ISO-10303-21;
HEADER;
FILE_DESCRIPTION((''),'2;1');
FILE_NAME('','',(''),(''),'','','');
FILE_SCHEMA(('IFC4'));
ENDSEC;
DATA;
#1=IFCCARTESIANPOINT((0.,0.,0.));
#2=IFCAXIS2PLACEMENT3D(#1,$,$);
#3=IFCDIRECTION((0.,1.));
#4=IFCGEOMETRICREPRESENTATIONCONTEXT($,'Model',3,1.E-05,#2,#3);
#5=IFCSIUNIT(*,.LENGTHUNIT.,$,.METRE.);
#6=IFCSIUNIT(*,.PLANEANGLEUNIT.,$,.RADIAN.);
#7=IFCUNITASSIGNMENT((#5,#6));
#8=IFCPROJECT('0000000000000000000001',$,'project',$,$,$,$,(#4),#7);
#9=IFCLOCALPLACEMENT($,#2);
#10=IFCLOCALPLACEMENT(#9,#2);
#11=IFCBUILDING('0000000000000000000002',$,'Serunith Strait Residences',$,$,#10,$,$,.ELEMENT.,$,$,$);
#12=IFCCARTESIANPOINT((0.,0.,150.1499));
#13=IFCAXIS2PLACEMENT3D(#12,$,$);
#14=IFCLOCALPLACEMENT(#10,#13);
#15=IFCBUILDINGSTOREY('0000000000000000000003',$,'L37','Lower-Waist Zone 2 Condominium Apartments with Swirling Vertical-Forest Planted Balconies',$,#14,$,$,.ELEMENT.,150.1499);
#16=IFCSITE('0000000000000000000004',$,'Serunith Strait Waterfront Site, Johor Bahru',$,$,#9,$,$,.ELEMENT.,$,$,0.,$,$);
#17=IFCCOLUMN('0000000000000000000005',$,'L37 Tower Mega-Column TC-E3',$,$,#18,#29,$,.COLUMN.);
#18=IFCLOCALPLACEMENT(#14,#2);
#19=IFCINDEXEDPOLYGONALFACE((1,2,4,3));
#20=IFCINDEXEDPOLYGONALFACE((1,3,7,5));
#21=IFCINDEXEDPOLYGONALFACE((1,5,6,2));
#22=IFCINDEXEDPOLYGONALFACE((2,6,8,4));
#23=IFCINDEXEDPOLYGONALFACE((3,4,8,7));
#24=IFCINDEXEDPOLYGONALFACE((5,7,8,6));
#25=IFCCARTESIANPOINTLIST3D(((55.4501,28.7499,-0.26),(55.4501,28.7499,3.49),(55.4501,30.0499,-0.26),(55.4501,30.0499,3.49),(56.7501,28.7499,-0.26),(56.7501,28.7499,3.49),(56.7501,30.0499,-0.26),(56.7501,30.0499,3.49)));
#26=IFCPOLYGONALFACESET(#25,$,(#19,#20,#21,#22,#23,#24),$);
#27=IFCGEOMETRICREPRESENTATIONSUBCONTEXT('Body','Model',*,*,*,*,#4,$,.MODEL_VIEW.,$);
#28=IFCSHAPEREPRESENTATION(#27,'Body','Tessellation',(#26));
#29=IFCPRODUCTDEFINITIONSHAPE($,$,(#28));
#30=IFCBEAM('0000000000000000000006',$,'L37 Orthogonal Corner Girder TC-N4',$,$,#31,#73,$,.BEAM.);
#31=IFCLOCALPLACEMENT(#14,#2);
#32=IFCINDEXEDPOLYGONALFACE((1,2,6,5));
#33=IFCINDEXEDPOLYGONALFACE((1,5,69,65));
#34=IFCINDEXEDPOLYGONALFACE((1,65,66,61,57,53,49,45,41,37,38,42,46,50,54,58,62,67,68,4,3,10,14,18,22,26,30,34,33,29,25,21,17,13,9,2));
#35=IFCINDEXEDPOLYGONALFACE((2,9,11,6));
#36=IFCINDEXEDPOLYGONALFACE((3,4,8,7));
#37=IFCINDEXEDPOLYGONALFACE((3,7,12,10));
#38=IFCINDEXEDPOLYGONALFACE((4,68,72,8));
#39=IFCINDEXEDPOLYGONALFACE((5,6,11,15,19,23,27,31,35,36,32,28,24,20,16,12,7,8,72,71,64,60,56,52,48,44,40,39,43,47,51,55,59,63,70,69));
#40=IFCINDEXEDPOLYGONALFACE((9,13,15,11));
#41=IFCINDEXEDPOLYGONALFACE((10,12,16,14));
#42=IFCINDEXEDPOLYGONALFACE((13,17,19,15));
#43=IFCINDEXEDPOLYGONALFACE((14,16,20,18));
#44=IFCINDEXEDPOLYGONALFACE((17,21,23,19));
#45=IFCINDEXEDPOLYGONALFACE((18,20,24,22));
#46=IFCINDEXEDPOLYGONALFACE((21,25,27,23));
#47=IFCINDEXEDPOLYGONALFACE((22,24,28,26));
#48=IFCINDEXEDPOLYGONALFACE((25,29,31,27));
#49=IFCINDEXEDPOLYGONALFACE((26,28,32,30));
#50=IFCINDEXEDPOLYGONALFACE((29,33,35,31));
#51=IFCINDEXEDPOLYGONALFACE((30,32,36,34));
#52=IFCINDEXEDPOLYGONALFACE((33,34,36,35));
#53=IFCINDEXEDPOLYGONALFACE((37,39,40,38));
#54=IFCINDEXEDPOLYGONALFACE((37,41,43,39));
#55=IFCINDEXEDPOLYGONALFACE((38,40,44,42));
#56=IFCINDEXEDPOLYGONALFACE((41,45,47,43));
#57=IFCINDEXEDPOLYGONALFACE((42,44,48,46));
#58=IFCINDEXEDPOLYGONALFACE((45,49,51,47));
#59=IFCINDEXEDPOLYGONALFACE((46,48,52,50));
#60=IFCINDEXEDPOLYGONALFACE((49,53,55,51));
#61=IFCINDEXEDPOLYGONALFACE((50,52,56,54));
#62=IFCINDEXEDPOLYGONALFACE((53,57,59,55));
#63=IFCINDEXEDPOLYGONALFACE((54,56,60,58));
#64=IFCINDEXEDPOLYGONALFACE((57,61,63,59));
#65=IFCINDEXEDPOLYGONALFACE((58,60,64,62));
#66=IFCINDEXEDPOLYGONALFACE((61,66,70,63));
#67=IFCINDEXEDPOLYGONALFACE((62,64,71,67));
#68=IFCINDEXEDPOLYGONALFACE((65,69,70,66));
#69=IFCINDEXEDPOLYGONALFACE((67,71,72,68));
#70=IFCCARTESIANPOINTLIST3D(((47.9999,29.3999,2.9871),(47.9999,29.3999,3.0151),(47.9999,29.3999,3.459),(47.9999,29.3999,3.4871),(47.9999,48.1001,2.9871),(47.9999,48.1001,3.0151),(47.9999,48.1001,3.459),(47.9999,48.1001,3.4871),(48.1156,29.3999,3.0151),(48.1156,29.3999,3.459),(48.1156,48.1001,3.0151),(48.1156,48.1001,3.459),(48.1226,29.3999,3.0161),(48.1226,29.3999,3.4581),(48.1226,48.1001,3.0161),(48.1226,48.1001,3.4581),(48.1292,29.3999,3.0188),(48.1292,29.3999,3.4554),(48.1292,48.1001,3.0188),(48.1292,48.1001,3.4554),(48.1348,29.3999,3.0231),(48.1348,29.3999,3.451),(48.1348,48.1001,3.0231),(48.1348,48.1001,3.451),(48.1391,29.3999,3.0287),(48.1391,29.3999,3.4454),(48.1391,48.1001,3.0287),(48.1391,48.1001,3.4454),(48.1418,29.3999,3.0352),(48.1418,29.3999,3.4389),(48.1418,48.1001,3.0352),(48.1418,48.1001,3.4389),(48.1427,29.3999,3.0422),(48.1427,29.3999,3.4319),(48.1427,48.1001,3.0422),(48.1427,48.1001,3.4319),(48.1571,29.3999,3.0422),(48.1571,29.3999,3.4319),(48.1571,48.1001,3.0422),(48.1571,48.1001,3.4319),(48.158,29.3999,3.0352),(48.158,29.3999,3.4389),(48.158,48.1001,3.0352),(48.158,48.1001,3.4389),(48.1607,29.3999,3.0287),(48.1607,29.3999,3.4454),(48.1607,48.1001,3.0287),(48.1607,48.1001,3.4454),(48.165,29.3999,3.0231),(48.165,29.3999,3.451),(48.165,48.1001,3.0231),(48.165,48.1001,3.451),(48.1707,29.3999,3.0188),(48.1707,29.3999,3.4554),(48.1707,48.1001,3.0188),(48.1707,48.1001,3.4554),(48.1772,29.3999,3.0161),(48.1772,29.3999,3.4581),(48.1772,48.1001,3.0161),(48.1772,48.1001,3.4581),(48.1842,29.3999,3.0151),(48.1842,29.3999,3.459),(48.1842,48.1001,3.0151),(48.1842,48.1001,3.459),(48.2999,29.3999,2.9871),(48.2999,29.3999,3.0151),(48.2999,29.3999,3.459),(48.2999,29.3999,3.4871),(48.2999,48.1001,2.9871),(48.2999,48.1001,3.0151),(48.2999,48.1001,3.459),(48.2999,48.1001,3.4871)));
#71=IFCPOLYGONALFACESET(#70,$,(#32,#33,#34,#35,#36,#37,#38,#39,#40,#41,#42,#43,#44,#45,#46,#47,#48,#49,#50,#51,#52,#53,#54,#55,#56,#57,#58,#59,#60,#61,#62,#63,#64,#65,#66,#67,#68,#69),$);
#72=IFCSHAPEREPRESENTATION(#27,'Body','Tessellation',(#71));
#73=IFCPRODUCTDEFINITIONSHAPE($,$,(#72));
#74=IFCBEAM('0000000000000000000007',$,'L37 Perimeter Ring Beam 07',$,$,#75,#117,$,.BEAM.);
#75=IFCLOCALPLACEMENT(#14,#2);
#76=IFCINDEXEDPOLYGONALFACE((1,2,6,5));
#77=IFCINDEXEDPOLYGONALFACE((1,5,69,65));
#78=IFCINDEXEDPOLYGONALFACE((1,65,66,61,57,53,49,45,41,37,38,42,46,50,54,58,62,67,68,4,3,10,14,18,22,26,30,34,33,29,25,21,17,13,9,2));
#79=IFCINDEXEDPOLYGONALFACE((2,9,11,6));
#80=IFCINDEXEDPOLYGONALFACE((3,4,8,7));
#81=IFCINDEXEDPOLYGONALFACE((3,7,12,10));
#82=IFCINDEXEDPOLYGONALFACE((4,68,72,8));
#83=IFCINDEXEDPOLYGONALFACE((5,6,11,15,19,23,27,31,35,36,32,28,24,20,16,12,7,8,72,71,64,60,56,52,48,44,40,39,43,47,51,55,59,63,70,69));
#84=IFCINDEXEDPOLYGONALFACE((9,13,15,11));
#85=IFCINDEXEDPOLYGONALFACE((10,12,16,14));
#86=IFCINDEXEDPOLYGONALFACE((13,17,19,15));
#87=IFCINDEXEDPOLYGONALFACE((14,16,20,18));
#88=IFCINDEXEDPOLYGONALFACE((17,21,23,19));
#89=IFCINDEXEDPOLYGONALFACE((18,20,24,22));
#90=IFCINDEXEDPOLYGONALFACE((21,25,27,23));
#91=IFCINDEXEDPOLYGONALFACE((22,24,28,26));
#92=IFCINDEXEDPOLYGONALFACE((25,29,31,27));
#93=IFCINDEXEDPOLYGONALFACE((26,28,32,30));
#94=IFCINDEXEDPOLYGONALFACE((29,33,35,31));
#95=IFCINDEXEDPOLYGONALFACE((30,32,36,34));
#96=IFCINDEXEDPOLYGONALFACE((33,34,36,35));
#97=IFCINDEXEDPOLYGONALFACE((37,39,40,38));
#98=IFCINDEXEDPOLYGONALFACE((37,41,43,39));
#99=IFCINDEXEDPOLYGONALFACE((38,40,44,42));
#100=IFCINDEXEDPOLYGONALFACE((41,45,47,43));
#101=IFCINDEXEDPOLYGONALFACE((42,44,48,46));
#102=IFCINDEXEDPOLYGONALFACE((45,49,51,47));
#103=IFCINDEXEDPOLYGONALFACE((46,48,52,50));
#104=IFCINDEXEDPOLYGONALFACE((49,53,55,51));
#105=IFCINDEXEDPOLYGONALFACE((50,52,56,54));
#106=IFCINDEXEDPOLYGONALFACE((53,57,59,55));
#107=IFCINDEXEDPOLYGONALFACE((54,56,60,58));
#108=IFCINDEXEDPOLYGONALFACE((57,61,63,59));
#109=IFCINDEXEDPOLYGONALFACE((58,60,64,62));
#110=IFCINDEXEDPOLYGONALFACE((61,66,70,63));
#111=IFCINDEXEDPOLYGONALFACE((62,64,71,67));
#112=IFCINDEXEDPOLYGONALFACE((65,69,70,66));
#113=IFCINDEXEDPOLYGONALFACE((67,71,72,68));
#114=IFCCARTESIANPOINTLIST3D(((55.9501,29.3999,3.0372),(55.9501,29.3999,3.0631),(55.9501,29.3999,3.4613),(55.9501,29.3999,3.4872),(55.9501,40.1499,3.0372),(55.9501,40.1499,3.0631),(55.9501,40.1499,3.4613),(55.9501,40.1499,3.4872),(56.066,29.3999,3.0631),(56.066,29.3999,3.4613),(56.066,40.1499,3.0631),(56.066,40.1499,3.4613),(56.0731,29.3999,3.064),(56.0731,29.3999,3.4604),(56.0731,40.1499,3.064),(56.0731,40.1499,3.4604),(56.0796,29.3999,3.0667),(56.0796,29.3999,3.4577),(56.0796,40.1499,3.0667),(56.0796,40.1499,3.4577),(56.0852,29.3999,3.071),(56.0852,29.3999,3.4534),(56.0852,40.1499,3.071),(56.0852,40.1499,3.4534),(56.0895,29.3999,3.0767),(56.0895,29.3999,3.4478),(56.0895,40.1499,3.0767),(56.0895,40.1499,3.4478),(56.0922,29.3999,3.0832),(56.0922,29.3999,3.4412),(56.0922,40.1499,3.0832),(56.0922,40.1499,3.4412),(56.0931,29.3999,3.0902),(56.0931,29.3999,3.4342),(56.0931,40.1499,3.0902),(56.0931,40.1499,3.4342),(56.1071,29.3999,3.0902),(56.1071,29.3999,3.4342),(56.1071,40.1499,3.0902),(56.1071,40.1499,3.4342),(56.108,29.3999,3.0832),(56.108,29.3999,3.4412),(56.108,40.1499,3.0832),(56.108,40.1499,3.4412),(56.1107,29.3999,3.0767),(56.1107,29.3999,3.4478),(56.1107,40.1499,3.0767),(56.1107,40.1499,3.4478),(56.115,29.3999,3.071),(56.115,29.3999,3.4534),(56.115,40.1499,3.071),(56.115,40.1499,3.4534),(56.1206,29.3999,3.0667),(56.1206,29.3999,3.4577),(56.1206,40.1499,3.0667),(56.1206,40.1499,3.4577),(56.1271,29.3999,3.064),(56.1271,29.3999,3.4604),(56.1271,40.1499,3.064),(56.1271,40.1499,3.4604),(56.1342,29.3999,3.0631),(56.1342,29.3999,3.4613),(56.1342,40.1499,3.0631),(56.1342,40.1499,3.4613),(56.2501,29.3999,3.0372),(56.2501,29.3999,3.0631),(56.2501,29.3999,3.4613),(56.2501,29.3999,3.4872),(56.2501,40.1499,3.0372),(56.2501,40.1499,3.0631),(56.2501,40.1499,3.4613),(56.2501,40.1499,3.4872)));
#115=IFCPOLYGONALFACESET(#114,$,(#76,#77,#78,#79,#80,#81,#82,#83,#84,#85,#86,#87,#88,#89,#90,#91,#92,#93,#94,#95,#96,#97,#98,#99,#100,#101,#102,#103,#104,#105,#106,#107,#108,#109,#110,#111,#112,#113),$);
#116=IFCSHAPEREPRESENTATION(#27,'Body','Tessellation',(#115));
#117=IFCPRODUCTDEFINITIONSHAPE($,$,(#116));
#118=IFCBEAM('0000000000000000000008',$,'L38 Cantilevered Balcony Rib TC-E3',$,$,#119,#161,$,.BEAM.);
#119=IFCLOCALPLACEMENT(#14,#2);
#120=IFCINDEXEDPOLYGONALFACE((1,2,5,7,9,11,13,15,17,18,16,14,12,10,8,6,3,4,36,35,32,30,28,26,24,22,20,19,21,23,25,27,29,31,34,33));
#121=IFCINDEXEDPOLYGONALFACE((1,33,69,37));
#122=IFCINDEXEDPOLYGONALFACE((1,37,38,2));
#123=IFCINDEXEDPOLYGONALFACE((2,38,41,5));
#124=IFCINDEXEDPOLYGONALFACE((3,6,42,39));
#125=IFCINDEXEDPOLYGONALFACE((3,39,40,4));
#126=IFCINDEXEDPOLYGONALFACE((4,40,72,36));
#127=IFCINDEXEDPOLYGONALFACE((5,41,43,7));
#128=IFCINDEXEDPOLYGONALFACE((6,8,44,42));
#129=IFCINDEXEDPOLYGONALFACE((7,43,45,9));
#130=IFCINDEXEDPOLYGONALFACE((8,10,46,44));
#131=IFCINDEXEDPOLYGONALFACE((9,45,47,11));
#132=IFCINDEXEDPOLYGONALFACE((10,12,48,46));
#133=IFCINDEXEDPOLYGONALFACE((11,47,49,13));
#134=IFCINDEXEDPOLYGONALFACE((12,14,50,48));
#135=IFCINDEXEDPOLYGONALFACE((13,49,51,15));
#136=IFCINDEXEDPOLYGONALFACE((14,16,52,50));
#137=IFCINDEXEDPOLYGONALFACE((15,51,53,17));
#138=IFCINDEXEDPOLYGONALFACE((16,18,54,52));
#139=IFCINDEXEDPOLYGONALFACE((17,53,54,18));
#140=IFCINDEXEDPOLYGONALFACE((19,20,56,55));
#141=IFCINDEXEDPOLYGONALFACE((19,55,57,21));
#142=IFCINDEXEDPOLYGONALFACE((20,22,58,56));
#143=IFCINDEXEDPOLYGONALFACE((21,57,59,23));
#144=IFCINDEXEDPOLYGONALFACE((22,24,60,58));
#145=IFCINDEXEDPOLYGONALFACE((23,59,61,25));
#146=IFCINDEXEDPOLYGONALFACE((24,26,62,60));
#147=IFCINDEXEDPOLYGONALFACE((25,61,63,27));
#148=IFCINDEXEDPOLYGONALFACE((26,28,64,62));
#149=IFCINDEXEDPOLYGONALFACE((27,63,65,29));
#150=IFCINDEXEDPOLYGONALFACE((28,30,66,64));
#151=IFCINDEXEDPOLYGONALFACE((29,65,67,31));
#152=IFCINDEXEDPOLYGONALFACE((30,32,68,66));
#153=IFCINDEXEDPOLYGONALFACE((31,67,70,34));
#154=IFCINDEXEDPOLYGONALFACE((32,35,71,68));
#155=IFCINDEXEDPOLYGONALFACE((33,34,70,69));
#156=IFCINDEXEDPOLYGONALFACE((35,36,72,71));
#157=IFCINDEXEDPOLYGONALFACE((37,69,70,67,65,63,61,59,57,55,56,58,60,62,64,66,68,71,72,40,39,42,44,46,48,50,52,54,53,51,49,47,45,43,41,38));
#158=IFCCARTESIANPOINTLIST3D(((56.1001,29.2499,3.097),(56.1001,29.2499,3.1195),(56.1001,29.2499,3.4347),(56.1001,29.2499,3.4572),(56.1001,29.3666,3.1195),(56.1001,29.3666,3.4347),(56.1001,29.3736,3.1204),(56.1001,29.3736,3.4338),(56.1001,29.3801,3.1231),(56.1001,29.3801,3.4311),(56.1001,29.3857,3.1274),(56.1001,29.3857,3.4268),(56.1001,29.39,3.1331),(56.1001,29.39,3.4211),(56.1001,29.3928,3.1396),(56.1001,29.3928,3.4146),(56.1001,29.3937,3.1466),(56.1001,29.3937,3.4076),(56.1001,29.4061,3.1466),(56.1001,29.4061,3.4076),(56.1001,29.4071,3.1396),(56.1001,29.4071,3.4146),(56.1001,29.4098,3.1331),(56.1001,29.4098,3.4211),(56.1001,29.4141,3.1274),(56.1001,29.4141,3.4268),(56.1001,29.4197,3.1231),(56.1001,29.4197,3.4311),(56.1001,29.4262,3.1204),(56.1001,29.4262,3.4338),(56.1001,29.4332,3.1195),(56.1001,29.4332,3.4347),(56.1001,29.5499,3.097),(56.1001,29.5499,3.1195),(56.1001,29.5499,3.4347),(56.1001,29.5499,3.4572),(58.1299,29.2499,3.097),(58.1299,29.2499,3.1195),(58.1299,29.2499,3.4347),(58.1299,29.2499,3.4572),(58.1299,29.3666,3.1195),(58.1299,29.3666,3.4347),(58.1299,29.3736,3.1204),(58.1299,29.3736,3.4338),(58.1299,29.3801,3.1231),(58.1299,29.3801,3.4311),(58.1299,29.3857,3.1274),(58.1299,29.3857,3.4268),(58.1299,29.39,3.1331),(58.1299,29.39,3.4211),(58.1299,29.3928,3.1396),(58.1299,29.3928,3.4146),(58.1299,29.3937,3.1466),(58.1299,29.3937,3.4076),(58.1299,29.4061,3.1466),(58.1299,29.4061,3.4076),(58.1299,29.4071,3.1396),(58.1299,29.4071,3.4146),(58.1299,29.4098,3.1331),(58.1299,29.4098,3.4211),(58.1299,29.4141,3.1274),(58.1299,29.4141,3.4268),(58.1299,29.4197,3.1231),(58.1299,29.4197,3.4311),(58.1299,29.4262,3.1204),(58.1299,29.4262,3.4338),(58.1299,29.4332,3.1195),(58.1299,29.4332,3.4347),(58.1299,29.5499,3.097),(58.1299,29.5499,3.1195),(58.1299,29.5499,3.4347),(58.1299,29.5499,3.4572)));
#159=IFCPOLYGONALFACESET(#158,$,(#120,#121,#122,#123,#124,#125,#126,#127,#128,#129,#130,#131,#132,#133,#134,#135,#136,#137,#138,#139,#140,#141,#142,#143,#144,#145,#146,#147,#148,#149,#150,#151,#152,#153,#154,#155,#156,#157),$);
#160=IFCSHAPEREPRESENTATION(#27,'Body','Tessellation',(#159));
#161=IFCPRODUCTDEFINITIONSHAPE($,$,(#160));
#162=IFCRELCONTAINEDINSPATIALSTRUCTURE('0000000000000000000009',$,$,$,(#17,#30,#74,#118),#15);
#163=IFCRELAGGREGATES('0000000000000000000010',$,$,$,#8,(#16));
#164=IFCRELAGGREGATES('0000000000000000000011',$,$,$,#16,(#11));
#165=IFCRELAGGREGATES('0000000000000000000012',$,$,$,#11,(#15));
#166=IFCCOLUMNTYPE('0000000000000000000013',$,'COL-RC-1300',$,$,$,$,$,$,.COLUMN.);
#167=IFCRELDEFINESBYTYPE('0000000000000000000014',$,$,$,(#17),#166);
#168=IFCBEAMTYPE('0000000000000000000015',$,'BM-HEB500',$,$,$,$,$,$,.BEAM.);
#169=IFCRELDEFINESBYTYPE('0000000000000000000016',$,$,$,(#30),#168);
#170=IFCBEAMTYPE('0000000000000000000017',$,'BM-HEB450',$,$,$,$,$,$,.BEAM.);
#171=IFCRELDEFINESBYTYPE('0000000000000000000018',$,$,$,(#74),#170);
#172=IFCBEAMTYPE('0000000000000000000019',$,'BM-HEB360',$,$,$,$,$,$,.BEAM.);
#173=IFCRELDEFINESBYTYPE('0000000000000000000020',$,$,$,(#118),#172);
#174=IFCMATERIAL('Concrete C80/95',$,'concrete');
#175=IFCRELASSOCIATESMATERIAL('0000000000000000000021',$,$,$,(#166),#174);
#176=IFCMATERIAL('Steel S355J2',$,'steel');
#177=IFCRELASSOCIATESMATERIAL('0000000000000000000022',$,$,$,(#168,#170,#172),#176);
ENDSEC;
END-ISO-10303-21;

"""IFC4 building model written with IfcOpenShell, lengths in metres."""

from ifc_helpers import new_model, si_unit, direction, frame, origin, origin_2d, place, context, subcontext, project, spatial, rectangle, i_section, extrude, source, transform, mapped, material, material_profile, profile_set, type_object, element, save


model = new_model("IFC4")

# Units and contexts
model_context = context("Model", 3, precision=1e-05, world=origin(), true_north=direction((0.0, 1.0)))
body_context = subcontext(model_context, "Body", "Model", "MODEL_VIEW")
ifc_project = project(units=[si_unit("LENGTHUNIT", "METRE"), si_unit("PLANEANGLEUNIT", "RADIAN")], contexts=[model_context])

# Site, building, storey
site_placement = place(None, origin())
site = spatial("IfcSite", under=ifc_project, at=site_placement, Name="Serunith Strait Waterfront Site, Johor Bahru", CompositionType="ELEMENT", RefElevation=0.0)
building_placement = place(site_placement, origin())
building = spatial("IfcBuilding", under=site, at=building_placement, Name="Serunith Strait Residences", CompositionType="ELEMENT")
storey_placement = place(building_placement, frame((0.0, 0.0, 150.1499)))
storey = spatial("IfcBuildingStorey", under=building, at=storey_placement, Name="L37", Description="Lower-Waist Zone 2 Condominium Apartments with Swirling Vertical-Forest Planted Balconies", CompositionType="ELEMENT", Elevation=150.1499)

# Column
ifc_material_1 = material(Name="Concrete C80/95", Category="concrete")
ifc_material_profile_1 = material_profile(ifc_material_1, rectangle(XDim=1.3, YDim=1.3, at=origin_2d()), Name="RC 1300x1300")
ifc_profile_set_1 = profile_set([ifc_material_profile_1], Name="Concrete C80/95")
column_type = type_object("IfcColumnType", Name="COL-RC-1300", PredefinedType="COLUMN", material=ifc_profile_set_1)
shared_shape_1 = source(origin(), body_context, "Body", "SweptSolid", [
    extrude(rectangle(XDim=1.3, YDim=1.3, at=origin_2d()), origin(), (0.0, 0.0, 1.0), 3.75),
])
column_placement = place(storey_placement, frame((56.1001, 29.3999, -0.26), z_axis=(0.0, 0.0, 1.0), x_axis=(1.0, 0.0, 0.0)))
element("IfcColumn", 1, at=column_placement, inside=storey, type_object=column_type, Name="L37 Tower Mega-Column TC-E3", PredefinedType="COLUMN", context=body_context, shape_type="MappedRepresentation", body=[
    mapped(shared_shape_1, transform((0.0, 0.0, 0.0), scale=1.0)),
])

# Beams
ifc_material_2 = material(Name="Steel S355J2", Category="steel")
ifc_material_profile_2 = material_profile(ifc_material_2, i_section(OverallWidth=0.3, OverallDepth=0.5, WebThickness=0.0144, FlangeThickness=0.0281, FilletRadius=0.0271, at=origin_2d()), Name="HEB 500")
ifc_profile_set_2 = profile_set([ifc_material_profile_2], Name="Steel S355J2")
beam_type_1 = type_object("IfcBeamType", Name="BM-HEB500", PredefinedType="BEAM", material=ifc_profile_set_2)
shared_shape_2 = source(origin(), body_context, "Body", "SweptSolid", [
    extrude(i_section(OverallWidth=0.3, OverallDepth=0.5, WebThickness=0.0144, FlangeThickness=0.0281, FilletRadius=0.0271, at=origin_2d()), origin(), (0.0, 0.0, 1.0), 18.7002),
])
beam_1_placement = place(storey_placement, frame((48.1499, 29.3999, 3.2371), z_axis=(0.0, 1.0, 0.0), x_axis=(-1.0, 0.0, 0.0)))
element("IfcBeam", 2, at=beam_1_placement, inside=storey, type_object=beam_type_1, Name="L37 Orthogonal Corner Girder TC-N4", PredefinedType="BEAM", context=body_context, shape_type="MappedRepresentation", body=[
    mapped(shared_shape_2, transform((0.0, 0.0, 0.0), scale=1.0)),
])
ifc_material_profile_3 = material_profile(ifc_material_2, i_section(OverallWidth=0.3, OverallDepth=0.45, WebThickness=0.0139, FlangeThickness=0.0259, FilletRadius=0.0271, at=origin_2d()), Name="HEB 450")
ifc_profile_set_3 = profile_set([ifc_material_profile_3], Name="Steel S355J2")
beam_type_2 = type_object("IfcBeamType", Name="BM-HEB450", PredefinedType="BEAM", material=ifc_profile_set_3)
shared_shape_3 = source(origin(), body_context, "Body", "SweptSolid", [
    extrude(i_section(OverallWidth=0.3, OverallDepth=0.45, WebThickness=0.0139, FlangeThickness=0.0259, FilletRadius=0.0271, at=origin_2d()), origin(), (0.0, 0.0, 1.0), 10.75),
])
beam_2_placement = place(storey_placement, frame((56.1001, 29.3999, 3.2622), z_axis=(0.0, 1.0, 0.0), x_axis=(-1.0, 0.0, 0.0)))
element("IfcBeam", 3, at=beam_2_placement, inside=storey, type_object=beam_type_2, Name="L37 Perimeter Ring Beam 07", PredefinedType="BEAM", context=body_context, shape_type="MappedRepresentation", body=[
    mapped(shared_shape_3, transform((0.0, 0.0, 0.0), scale=1.0)),
])
ifc_material_profile_4 = material_profile(ifc_material_2, i_section(OverallWidth=0.3, OverallDepth=0.3601, WebThickness=0.0125, FlangeThickness=0.0225, FilletRadius=0.0271, at=origin_2d()), Name="HEB 360")
ifc_profile_set_4 = profile_set([ifc_material_profile_4], Name="Steel S355J2")
beam_type_3 = type_object("IfcBeamType", Name="BM-HEB360", PredefinedType="BEAM", material=ifc_profile_set_4)
shared_shape_4 = source(origin(), body_context, "Body", "SweptSolid", [
    extrude(i_section(OverallWidth=0.3, OverallDepth=0.3601, WebThickness=0.0125, FlangeThickness=0.0225, FilletRadius=0.0271, at=origin_2d()), origin(), (0.0, 0.0, 1.0), 2.0298),
])
beam_3_placement = place(storey_placement, frame((56.1001, 29.3999, 3.2771), z_axis=(1.0, 0.0, 0.0), x_axis=(0.0, 1.0, 0.0)))
element("IfcBeam", 4, at=beam_3_placement, inside=storey, type_object=beam_type_3, Name="L38 Cantilevered Balcony Rib TC-E3", PredefinedType="BEAM", context=body_context, shape_type="MappedRepresentation", body=[
    mapped(shared_shape_4, transform((0.0, 0.0, 0.0), scale=1.0)),
])

save(model, "model.ifc")
